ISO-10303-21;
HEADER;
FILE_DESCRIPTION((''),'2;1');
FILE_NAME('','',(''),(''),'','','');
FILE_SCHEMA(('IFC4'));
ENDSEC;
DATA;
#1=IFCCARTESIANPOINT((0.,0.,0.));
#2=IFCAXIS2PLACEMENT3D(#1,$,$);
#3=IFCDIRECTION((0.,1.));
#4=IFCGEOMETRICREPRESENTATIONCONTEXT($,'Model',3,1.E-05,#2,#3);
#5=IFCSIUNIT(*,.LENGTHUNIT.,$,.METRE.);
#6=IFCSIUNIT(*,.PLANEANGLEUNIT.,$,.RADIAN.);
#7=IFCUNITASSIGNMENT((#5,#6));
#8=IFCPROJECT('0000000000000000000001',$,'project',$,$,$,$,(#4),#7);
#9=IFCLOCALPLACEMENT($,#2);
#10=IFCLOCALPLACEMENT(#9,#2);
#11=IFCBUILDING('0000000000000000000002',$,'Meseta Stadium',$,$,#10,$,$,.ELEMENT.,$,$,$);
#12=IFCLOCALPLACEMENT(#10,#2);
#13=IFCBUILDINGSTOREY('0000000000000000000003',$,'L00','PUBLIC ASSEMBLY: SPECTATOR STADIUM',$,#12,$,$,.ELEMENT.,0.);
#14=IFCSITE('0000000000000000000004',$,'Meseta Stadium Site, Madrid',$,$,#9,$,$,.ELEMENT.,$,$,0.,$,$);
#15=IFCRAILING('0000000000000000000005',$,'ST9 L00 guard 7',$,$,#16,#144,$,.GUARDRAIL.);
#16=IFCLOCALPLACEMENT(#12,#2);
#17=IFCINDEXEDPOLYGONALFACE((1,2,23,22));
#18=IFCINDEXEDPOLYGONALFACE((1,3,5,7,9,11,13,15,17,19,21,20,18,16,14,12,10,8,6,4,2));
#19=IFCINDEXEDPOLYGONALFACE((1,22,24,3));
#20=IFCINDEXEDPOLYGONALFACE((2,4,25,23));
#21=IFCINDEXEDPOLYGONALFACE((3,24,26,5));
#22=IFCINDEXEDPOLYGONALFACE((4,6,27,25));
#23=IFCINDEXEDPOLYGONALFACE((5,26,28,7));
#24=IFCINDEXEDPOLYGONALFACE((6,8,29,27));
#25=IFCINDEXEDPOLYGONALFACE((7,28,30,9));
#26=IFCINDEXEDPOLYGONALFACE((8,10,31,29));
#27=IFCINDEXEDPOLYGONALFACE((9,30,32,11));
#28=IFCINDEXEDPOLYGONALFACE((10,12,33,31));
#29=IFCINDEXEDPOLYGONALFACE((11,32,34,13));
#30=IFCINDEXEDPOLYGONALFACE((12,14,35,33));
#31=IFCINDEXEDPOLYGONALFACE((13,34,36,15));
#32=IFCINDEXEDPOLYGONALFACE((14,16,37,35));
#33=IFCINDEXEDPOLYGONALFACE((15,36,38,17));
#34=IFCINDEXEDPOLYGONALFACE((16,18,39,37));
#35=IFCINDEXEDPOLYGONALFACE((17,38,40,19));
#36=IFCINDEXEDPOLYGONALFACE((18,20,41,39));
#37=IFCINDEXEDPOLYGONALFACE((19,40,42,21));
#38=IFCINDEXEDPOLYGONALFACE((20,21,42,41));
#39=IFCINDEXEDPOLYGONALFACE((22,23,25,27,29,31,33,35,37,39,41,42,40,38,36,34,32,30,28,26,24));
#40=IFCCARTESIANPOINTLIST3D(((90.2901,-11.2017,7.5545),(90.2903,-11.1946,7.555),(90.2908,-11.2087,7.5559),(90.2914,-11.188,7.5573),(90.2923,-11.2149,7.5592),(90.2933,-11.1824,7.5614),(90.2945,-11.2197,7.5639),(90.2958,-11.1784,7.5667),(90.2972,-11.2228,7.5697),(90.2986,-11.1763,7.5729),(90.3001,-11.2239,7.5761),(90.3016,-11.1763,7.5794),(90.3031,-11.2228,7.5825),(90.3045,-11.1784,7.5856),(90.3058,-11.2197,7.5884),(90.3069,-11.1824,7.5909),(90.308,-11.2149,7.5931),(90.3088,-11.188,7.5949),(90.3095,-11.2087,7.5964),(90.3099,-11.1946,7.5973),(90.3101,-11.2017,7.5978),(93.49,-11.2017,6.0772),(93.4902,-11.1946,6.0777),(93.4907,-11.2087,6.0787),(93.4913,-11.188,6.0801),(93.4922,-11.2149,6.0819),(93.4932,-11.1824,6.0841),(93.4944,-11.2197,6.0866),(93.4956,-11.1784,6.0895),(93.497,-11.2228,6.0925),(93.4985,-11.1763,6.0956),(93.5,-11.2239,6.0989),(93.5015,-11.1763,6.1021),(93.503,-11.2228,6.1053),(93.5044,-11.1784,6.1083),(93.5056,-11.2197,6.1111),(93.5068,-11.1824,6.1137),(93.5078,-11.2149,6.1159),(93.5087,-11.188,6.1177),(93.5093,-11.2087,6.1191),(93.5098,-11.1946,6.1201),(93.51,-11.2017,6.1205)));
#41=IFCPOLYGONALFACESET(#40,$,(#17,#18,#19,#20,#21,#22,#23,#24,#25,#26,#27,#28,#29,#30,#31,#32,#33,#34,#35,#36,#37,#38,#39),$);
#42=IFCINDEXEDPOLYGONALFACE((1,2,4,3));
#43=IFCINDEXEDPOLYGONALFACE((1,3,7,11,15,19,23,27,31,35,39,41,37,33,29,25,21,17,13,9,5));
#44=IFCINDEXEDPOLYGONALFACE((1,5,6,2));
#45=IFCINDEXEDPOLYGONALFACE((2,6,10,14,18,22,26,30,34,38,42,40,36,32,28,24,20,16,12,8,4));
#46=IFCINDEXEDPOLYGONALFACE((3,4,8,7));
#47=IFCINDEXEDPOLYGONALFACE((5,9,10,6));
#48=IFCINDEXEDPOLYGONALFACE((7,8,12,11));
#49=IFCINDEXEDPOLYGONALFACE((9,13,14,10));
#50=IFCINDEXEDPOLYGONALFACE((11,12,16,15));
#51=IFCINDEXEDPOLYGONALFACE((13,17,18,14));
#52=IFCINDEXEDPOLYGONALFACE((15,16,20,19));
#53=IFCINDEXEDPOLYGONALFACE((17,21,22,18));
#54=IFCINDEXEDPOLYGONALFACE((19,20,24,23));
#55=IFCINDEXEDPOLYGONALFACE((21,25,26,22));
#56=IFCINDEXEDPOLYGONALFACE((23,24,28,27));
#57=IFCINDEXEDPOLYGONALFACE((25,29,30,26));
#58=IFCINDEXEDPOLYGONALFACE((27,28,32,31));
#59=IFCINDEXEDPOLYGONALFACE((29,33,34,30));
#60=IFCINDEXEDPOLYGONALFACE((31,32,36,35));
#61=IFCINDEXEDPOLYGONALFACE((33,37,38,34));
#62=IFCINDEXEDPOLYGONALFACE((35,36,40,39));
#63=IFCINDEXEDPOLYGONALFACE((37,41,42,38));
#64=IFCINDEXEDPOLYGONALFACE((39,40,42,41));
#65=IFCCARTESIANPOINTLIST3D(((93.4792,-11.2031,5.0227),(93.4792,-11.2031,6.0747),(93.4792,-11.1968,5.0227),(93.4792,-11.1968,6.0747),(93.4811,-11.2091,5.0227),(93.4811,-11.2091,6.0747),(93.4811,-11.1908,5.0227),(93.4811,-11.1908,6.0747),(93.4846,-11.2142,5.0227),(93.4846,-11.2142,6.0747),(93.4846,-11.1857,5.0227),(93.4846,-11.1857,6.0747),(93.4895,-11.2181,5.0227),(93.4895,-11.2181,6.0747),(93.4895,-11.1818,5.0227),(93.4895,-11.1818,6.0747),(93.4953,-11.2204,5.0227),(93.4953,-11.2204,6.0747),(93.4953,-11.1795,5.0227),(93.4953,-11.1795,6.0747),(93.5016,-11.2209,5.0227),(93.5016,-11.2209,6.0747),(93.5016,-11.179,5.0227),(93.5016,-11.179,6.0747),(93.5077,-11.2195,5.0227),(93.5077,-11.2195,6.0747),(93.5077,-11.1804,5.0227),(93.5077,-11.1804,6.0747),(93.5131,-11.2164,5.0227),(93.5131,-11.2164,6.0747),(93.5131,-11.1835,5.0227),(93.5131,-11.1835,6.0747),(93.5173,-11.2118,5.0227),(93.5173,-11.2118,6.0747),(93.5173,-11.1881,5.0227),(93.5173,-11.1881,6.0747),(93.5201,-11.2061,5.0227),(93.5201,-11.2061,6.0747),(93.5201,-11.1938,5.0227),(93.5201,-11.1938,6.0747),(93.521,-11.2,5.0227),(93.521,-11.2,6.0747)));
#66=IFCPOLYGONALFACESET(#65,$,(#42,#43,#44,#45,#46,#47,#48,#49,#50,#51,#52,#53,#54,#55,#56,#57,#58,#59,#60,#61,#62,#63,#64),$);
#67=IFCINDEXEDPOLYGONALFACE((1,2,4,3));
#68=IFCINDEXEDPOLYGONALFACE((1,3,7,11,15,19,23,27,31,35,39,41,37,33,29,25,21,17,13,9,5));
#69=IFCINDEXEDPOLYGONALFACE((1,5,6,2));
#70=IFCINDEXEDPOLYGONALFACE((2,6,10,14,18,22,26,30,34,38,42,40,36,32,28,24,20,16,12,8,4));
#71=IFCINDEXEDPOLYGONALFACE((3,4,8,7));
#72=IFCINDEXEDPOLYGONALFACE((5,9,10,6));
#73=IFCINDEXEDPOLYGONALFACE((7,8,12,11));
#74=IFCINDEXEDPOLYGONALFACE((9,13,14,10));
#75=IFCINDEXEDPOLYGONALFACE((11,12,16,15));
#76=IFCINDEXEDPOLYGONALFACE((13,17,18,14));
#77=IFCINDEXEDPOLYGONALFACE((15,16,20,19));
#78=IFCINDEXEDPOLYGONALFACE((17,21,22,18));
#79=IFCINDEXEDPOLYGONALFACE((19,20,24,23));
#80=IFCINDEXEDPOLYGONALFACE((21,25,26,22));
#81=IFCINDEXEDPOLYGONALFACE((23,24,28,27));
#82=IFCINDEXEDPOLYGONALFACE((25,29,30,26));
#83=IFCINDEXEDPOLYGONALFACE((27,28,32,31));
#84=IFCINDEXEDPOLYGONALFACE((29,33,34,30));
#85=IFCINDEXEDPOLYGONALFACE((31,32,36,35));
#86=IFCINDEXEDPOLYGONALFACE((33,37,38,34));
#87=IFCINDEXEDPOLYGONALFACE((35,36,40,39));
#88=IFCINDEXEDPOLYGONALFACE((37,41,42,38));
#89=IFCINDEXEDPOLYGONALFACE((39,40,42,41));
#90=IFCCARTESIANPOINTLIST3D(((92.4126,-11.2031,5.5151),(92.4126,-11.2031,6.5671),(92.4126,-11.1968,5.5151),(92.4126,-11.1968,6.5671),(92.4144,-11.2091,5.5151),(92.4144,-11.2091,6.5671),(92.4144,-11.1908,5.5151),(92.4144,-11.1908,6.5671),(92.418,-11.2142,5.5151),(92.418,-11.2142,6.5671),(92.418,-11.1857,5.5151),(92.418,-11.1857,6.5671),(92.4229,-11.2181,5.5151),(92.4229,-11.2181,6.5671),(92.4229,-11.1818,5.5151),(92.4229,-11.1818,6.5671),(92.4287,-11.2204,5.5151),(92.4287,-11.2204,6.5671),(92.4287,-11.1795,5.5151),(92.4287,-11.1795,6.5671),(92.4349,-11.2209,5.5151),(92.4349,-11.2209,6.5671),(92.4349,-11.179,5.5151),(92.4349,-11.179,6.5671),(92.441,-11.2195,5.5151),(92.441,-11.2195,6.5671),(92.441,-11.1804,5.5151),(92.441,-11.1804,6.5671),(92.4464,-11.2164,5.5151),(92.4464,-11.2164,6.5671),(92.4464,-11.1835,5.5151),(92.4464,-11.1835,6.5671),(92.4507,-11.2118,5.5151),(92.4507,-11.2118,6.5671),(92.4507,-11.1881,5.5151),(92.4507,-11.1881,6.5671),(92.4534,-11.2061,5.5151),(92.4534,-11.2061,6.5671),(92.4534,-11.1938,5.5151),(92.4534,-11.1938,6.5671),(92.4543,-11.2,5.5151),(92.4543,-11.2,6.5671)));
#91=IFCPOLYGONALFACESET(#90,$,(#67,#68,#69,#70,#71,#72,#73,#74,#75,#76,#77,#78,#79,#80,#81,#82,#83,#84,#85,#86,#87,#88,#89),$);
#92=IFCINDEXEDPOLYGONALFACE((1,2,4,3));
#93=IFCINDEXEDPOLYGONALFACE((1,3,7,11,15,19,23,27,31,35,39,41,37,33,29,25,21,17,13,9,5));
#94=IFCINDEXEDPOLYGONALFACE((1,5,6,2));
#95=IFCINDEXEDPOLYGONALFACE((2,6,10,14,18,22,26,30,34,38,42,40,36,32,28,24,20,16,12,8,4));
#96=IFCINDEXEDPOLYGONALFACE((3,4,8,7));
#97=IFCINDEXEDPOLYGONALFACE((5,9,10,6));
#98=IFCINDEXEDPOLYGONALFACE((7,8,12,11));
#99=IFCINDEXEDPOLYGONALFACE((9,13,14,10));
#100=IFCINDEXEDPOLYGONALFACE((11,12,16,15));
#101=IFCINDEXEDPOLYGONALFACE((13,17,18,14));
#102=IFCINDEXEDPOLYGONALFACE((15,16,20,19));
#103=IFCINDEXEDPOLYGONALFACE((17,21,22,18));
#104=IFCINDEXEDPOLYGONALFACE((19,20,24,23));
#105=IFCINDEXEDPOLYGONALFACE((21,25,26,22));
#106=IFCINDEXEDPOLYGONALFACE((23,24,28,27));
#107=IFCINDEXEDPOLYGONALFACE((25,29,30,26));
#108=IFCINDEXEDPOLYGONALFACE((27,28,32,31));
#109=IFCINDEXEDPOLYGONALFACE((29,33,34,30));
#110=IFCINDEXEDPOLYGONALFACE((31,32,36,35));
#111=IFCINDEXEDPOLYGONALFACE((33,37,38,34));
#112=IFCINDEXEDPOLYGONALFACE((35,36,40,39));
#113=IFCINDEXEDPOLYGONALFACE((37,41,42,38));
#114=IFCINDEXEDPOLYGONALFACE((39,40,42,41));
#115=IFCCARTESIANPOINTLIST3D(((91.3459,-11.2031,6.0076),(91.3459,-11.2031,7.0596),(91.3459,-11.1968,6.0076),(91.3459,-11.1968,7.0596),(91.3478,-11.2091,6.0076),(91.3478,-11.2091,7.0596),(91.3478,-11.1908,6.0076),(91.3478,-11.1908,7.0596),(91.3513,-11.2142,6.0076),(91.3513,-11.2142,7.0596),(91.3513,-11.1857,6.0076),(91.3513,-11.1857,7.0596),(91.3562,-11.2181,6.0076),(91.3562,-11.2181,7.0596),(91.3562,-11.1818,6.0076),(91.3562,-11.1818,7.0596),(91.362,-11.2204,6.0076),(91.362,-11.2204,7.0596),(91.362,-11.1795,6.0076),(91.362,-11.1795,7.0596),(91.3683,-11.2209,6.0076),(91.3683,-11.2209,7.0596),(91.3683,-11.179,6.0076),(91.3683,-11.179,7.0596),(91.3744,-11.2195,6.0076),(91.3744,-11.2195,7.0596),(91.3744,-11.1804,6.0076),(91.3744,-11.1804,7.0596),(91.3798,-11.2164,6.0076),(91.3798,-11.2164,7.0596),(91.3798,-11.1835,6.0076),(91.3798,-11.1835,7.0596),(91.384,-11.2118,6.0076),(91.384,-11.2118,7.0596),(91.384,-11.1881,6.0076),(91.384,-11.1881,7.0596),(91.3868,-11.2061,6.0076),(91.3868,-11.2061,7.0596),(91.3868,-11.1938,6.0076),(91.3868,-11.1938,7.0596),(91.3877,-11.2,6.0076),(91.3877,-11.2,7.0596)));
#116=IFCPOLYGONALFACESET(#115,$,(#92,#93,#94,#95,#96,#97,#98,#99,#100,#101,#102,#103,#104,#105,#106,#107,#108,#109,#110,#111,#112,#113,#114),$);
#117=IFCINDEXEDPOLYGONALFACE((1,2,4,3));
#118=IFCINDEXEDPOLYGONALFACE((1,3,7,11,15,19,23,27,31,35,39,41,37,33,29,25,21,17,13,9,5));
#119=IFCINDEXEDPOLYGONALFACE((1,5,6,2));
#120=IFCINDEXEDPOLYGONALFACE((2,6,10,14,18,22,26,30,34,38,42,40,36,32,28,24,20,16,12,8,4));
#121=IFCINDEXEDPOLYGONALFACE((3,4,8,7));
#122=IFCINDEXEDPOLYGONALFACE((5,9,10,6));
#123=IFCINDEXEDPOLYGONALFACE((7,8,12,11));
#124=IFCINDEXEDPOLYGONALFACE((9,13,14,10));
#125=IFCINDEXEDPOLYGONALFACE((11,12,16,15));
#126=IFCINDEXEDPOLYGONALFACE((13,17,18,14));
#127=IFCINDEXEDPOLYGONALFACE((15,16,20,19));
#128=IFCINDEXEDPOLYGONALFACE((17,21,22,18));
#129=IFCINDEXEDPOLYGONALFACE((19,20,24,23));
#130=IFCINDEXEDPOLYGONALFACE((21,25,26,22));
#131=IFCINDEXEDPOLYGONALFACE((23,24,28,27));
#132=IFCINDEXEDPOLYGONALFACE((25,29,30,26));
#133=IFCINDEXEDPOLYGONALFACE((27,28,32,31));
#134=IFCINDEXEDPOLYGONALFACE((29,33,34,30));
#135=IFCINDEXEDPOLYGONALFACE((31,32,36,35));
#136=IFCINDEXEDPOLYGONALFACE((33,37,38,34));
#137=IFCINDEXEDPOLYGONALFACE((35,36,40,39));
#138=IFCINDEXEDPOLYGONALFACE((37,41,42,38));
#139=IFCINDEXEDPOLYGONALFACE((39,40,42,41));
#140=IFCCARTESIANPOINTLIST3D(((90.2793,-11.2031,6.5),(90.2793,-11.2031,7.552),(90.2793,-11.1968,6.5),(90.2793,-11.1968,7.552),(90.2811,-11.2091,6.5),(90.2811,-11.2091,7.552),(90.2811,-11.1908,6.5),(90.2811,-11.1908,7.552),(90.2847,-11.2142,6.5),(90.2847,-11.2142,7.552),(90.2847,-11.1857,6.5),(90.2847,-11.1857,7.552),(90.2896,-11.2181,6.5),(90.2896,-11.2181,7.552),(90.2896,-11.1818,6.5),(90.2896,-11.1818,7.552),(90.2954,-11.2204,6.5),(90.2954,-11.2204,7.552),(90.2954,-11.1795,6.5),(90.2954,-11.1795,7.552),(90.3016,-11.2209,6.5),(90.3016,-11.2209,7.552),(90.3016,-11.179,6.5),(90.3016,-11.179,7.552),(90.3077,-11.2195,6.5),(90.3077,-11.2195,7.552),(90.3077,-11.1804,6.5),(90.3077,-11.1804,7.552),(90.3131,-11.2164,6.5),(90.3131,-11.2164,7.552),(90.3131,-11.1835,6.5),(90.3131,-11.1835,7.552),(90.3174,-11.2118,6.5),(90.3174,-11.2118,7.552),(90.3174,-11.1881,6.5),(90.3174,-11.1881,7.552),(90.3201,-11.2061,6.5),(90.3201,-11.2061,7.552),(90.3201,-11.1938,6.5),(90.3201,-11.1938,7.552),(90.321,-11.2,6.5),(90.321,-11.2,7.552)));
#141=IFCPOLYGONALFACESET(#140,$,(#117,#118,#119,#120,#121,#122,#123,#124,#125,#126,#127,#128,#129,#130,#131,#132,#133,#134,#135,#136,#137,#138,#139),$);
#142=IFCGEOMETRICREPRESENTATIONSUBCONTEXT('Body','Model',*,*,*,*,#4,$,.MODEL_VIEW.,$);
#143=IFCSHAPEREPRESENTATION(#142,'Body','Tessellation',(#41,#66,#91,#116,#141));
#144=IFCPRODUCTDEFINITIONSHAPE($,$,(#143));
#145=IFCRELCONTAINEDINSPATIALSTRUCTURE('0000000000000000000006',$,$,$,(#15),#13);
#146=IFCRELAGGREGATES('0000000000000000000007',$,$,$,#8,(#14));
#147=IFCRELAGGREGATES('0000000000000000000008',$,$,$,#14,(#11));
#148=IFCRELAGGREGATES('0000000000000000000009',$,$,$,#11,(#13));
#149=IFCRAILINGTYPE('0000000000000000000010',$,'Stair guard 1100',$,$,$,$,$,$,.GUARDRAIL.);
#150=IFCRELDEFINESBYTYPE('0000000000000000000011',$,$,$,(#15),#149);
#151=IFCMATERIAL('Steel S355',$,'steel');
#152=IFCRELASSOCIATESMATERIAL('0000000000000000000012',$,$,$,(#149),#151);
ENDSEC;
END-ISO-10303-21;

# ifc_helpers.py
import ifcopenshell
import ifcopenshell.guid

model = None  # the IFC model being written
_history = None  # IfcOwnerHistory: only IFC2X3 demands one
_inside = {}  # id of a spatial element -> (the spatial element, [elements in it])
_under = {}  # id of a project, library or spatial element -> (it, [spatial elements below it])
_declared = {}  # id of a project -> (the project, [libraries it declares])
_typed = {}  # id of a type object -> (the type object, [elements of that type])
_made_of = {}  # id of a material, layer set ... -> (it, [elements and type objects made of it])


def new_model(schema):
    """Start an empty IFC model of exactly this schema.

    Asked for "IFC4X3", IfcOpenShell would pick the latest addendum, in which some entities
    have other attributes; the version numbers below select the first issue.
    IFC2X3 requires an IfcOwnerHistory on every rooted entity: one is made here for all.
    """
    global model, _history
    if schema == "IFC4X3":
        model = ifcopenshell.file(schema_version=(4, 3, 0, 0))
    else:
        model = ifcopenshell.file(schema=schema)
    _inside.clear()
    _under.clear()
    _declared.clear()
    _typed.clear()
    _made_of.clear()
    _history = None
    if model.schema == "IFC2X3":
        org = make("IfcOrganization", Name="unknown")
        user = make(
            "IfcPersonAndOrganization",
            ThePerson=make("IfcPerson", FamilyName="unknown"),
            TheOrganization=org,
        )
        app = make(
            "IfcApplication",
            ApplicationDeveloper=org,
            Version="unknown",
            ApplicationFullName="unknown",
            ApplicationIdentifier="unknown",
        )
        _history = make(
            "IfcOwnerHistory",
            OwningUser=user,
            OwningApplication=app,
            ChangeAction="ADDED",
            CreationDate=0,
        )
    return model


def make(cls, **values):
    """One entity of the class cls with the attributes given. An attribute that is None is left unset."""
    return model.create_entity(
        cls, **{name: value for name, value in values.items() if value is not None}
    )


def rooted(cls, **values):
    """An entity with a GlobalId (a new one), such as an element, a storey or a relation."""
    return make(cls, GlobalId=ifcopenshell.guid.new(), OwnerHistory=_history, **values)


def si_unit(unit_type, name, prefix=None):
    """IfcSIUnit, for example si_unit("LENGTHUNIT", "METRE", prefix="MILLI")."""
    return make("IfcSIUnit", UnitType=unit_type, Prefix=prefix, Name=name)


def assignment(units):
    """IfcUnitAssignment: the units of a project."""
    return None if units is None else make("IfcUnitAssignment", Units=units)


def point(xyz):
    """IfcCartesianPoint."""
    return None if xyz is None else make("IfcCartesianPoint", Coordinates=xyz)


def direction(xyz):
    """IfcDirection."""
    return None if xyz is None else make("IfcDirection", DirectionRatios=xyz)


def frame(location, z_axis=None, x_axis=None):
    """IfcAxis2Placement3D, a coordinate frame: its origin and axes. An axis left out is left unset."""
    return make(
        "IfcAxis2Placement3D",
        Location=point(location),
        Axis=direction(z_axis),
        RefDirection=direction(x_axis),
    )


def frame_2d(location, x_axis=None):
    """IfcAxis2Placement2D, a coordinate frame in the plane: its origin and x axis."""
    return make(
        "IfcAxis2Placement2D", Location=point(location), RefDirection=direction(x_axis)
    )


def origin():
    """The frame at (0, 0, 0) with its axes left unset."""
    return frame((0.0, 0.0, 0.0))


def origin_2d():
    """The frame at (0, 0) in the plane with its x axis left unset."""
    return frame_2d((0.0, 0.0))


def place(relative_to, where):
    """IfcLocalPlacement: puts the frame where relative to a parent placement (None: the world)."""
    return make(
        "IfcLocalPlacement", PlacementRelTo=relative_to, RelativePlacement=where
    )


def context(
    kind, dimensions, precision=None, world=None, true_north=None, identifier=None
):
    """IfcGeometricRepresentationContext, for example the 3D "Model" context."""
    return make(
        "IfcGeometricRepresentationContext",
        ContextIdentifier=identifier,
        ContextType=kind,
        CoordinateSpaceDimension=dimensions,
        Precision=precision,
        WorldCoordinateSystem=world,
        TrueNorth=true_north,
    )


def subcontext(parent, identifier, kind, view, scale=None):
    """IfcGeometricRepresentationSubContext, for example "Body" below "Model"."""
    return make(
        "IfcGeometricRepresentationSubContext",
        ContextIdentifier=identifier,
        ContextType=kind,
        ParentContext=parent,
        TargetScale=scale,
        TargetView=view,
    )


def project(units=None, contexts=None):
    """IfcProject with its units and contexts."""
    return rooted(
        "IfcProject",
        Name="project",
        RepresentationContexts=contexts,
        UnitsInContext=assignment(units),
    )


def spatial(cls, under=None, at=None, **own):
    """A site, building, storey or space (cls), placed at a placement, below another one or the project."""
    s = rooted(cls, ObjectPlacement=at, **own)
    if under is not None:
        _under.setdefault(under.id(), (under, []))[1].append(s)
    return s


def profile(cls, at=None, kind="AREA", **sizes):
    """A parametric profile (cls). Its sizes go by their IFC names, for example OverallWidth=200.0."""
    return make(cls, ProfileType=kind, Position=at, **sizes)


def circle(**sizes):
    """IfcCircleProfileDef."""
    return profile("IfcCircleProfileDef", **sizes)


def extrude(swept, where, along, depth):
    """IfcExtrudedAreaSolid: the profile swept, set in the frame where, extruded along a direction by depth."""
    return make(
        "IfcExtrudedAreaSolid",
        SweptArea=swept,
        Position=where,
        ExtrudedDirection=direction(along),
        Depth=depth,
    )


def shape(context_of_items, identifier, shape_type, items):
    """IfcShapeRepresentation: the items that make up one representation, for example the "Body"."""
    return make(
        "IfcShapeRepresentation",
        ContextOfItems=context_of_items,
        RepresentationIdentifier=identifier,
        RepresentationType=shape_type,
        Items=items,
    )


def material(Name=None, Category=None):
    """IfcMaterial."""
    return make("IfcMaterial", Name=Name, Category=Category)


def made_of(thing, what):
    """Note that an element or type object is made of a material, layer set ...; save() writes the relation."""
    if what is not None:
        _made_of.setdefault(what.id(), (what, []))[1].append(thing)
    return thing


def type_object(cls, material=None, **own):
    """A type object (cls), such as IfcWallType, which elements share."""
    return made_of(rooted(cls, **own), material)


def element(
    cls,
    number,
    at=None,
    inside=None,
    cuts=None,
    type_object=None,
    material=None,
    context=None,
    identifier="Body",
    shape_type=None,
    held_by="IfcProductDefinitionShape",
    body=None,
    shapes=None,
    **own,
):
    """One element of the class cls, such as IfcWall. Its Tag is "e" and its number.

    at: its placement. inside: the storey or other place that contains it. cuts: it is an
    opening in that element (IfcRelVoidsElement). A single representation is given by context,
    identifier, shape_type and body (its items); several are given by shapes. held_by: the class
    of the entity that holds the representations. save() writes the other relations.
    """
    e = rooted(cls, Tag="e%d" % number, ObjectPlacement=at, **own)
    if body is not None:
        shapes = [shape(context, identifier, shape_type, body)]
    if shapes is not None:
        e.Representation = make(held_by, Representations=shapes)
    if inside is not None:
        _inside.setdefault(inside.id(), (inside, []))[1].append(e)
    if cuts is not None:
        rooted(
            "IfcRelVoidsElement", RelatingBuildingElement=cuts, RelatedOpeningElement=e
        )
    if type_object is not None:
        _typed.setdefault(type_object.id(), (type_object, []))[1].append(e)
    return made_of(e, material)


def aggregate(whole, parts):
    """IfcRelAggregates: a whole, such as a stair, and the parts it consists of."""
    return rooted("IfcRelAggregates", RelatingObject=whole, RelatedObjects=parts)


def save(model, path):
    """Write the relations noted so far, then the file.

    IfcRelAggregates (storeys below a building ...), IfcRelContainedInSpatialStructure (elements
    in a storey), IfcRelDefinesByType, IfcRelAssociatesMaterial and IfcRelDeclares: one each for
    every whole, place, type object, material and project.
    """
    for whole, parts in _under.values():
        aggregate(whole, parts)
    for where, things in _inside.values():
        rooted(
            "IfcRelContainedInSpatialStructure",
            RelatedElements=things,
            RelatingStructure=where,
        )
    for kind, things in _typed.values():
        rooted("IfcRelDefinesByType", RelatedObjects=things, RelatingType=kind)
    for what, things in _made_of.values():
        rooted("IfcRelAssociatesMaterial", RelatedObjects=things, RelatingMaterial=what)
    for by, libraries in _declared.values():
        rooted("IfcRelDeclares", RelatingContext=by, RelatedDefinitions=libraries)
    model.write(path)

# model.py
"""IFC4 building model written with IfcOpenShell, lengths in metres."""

from ifc_helpers import new_model, si_unit, direction, frame, origin, origin_2d, place, context, subcontext, project, spatial, circle, extrude, material, type_object, element, save


model = new_model("IFC4")

# Units and contexts
model_context = context("Model", 3, precision=1e-05, world=origin(), true_north=direction((0.0, 1.0)))
body_context = subcontext(model_context, "Body", "Model", "MODEL_VIEW")
ifc_project = project(units=[si_unit("LENGTHUNIT", "METRE"), si_unit("PLANEANGLEUNIT", "RADIAN")], contexts=[model_context])

# Site, building, storey
site_placement = place(None, origin())
site = spatial("IfcSite", under=ifc_project, at=site_placement, Name="Meseta Stadium Site, Madrid", CompositionType="ELEMENT", RefElevation=0.0)
building_placement = place(site_placement, origin())
building = spatial("IfcBuilding", under=site, at=building_placement, Name="Meseta Stadium", CompositionType="ELEMENT")
storey_placement = place(building_placement, origin())
storey = spatial("IfcBuildingStorey", under=building, at=storey_placement, Name="L00", Description="PUBLIC ASSEMBLY: SPECTATOR STADIUM", CompositionType="ELEMENT", Elevation=0.0)

# Railing
ifc_material_1 = material(Name="Steel S355", Category="steel")
railing_type_1 = type_object("IfcRailingType", Name="Stair guard 1100", PredefinedType="GUARDRAIL", material=ifc_material_1)
railing_1_placement = place(storey_placement, frame((93.5, -11.2, 5.0227)))
element("IfcRailing", 1, at=railing_1_placement, inside=storey, type_object=railing_type_1, Name="ST9 L00 guard 7", PredefinedType="GUARDRAIL", context=body_context, shape_type="SweptSolid", body=[
    extrude(circle(Radius=0.0239, at=origin_2d()), frame((0.0, 0.0, 1.0762), z_axis=(-0.907917, 0.0, 0.41915), x_axis=(0.0, -1.0, 0.0)), (0.0, 0.0, 1.0), 3.5244),
    extrude(circle(Radius=0.021, at=origin_2d()), origin(), (0.0, 0.0, 1.0), 1.052),
    extrude(circle(Radius=0.021, at=origin_2d()), frame((-1.0667, 0.0, 0.4924)), (0.0, 0.0, 1.0), 1.052),
    extrude(circle(Radius=0.021, at=origin_2d()), frame((-2.1333, 0.0, 0.9849)), (0.0, 0.0, 1.0), 1.052),
    extrude(circle(Radius=0.021, at=origin_2d()), frame((-3.2, 0.0, 1.4773)), (0.0, 0.0, 1.0), 1.052),
])

save(model, "model.ifc")
